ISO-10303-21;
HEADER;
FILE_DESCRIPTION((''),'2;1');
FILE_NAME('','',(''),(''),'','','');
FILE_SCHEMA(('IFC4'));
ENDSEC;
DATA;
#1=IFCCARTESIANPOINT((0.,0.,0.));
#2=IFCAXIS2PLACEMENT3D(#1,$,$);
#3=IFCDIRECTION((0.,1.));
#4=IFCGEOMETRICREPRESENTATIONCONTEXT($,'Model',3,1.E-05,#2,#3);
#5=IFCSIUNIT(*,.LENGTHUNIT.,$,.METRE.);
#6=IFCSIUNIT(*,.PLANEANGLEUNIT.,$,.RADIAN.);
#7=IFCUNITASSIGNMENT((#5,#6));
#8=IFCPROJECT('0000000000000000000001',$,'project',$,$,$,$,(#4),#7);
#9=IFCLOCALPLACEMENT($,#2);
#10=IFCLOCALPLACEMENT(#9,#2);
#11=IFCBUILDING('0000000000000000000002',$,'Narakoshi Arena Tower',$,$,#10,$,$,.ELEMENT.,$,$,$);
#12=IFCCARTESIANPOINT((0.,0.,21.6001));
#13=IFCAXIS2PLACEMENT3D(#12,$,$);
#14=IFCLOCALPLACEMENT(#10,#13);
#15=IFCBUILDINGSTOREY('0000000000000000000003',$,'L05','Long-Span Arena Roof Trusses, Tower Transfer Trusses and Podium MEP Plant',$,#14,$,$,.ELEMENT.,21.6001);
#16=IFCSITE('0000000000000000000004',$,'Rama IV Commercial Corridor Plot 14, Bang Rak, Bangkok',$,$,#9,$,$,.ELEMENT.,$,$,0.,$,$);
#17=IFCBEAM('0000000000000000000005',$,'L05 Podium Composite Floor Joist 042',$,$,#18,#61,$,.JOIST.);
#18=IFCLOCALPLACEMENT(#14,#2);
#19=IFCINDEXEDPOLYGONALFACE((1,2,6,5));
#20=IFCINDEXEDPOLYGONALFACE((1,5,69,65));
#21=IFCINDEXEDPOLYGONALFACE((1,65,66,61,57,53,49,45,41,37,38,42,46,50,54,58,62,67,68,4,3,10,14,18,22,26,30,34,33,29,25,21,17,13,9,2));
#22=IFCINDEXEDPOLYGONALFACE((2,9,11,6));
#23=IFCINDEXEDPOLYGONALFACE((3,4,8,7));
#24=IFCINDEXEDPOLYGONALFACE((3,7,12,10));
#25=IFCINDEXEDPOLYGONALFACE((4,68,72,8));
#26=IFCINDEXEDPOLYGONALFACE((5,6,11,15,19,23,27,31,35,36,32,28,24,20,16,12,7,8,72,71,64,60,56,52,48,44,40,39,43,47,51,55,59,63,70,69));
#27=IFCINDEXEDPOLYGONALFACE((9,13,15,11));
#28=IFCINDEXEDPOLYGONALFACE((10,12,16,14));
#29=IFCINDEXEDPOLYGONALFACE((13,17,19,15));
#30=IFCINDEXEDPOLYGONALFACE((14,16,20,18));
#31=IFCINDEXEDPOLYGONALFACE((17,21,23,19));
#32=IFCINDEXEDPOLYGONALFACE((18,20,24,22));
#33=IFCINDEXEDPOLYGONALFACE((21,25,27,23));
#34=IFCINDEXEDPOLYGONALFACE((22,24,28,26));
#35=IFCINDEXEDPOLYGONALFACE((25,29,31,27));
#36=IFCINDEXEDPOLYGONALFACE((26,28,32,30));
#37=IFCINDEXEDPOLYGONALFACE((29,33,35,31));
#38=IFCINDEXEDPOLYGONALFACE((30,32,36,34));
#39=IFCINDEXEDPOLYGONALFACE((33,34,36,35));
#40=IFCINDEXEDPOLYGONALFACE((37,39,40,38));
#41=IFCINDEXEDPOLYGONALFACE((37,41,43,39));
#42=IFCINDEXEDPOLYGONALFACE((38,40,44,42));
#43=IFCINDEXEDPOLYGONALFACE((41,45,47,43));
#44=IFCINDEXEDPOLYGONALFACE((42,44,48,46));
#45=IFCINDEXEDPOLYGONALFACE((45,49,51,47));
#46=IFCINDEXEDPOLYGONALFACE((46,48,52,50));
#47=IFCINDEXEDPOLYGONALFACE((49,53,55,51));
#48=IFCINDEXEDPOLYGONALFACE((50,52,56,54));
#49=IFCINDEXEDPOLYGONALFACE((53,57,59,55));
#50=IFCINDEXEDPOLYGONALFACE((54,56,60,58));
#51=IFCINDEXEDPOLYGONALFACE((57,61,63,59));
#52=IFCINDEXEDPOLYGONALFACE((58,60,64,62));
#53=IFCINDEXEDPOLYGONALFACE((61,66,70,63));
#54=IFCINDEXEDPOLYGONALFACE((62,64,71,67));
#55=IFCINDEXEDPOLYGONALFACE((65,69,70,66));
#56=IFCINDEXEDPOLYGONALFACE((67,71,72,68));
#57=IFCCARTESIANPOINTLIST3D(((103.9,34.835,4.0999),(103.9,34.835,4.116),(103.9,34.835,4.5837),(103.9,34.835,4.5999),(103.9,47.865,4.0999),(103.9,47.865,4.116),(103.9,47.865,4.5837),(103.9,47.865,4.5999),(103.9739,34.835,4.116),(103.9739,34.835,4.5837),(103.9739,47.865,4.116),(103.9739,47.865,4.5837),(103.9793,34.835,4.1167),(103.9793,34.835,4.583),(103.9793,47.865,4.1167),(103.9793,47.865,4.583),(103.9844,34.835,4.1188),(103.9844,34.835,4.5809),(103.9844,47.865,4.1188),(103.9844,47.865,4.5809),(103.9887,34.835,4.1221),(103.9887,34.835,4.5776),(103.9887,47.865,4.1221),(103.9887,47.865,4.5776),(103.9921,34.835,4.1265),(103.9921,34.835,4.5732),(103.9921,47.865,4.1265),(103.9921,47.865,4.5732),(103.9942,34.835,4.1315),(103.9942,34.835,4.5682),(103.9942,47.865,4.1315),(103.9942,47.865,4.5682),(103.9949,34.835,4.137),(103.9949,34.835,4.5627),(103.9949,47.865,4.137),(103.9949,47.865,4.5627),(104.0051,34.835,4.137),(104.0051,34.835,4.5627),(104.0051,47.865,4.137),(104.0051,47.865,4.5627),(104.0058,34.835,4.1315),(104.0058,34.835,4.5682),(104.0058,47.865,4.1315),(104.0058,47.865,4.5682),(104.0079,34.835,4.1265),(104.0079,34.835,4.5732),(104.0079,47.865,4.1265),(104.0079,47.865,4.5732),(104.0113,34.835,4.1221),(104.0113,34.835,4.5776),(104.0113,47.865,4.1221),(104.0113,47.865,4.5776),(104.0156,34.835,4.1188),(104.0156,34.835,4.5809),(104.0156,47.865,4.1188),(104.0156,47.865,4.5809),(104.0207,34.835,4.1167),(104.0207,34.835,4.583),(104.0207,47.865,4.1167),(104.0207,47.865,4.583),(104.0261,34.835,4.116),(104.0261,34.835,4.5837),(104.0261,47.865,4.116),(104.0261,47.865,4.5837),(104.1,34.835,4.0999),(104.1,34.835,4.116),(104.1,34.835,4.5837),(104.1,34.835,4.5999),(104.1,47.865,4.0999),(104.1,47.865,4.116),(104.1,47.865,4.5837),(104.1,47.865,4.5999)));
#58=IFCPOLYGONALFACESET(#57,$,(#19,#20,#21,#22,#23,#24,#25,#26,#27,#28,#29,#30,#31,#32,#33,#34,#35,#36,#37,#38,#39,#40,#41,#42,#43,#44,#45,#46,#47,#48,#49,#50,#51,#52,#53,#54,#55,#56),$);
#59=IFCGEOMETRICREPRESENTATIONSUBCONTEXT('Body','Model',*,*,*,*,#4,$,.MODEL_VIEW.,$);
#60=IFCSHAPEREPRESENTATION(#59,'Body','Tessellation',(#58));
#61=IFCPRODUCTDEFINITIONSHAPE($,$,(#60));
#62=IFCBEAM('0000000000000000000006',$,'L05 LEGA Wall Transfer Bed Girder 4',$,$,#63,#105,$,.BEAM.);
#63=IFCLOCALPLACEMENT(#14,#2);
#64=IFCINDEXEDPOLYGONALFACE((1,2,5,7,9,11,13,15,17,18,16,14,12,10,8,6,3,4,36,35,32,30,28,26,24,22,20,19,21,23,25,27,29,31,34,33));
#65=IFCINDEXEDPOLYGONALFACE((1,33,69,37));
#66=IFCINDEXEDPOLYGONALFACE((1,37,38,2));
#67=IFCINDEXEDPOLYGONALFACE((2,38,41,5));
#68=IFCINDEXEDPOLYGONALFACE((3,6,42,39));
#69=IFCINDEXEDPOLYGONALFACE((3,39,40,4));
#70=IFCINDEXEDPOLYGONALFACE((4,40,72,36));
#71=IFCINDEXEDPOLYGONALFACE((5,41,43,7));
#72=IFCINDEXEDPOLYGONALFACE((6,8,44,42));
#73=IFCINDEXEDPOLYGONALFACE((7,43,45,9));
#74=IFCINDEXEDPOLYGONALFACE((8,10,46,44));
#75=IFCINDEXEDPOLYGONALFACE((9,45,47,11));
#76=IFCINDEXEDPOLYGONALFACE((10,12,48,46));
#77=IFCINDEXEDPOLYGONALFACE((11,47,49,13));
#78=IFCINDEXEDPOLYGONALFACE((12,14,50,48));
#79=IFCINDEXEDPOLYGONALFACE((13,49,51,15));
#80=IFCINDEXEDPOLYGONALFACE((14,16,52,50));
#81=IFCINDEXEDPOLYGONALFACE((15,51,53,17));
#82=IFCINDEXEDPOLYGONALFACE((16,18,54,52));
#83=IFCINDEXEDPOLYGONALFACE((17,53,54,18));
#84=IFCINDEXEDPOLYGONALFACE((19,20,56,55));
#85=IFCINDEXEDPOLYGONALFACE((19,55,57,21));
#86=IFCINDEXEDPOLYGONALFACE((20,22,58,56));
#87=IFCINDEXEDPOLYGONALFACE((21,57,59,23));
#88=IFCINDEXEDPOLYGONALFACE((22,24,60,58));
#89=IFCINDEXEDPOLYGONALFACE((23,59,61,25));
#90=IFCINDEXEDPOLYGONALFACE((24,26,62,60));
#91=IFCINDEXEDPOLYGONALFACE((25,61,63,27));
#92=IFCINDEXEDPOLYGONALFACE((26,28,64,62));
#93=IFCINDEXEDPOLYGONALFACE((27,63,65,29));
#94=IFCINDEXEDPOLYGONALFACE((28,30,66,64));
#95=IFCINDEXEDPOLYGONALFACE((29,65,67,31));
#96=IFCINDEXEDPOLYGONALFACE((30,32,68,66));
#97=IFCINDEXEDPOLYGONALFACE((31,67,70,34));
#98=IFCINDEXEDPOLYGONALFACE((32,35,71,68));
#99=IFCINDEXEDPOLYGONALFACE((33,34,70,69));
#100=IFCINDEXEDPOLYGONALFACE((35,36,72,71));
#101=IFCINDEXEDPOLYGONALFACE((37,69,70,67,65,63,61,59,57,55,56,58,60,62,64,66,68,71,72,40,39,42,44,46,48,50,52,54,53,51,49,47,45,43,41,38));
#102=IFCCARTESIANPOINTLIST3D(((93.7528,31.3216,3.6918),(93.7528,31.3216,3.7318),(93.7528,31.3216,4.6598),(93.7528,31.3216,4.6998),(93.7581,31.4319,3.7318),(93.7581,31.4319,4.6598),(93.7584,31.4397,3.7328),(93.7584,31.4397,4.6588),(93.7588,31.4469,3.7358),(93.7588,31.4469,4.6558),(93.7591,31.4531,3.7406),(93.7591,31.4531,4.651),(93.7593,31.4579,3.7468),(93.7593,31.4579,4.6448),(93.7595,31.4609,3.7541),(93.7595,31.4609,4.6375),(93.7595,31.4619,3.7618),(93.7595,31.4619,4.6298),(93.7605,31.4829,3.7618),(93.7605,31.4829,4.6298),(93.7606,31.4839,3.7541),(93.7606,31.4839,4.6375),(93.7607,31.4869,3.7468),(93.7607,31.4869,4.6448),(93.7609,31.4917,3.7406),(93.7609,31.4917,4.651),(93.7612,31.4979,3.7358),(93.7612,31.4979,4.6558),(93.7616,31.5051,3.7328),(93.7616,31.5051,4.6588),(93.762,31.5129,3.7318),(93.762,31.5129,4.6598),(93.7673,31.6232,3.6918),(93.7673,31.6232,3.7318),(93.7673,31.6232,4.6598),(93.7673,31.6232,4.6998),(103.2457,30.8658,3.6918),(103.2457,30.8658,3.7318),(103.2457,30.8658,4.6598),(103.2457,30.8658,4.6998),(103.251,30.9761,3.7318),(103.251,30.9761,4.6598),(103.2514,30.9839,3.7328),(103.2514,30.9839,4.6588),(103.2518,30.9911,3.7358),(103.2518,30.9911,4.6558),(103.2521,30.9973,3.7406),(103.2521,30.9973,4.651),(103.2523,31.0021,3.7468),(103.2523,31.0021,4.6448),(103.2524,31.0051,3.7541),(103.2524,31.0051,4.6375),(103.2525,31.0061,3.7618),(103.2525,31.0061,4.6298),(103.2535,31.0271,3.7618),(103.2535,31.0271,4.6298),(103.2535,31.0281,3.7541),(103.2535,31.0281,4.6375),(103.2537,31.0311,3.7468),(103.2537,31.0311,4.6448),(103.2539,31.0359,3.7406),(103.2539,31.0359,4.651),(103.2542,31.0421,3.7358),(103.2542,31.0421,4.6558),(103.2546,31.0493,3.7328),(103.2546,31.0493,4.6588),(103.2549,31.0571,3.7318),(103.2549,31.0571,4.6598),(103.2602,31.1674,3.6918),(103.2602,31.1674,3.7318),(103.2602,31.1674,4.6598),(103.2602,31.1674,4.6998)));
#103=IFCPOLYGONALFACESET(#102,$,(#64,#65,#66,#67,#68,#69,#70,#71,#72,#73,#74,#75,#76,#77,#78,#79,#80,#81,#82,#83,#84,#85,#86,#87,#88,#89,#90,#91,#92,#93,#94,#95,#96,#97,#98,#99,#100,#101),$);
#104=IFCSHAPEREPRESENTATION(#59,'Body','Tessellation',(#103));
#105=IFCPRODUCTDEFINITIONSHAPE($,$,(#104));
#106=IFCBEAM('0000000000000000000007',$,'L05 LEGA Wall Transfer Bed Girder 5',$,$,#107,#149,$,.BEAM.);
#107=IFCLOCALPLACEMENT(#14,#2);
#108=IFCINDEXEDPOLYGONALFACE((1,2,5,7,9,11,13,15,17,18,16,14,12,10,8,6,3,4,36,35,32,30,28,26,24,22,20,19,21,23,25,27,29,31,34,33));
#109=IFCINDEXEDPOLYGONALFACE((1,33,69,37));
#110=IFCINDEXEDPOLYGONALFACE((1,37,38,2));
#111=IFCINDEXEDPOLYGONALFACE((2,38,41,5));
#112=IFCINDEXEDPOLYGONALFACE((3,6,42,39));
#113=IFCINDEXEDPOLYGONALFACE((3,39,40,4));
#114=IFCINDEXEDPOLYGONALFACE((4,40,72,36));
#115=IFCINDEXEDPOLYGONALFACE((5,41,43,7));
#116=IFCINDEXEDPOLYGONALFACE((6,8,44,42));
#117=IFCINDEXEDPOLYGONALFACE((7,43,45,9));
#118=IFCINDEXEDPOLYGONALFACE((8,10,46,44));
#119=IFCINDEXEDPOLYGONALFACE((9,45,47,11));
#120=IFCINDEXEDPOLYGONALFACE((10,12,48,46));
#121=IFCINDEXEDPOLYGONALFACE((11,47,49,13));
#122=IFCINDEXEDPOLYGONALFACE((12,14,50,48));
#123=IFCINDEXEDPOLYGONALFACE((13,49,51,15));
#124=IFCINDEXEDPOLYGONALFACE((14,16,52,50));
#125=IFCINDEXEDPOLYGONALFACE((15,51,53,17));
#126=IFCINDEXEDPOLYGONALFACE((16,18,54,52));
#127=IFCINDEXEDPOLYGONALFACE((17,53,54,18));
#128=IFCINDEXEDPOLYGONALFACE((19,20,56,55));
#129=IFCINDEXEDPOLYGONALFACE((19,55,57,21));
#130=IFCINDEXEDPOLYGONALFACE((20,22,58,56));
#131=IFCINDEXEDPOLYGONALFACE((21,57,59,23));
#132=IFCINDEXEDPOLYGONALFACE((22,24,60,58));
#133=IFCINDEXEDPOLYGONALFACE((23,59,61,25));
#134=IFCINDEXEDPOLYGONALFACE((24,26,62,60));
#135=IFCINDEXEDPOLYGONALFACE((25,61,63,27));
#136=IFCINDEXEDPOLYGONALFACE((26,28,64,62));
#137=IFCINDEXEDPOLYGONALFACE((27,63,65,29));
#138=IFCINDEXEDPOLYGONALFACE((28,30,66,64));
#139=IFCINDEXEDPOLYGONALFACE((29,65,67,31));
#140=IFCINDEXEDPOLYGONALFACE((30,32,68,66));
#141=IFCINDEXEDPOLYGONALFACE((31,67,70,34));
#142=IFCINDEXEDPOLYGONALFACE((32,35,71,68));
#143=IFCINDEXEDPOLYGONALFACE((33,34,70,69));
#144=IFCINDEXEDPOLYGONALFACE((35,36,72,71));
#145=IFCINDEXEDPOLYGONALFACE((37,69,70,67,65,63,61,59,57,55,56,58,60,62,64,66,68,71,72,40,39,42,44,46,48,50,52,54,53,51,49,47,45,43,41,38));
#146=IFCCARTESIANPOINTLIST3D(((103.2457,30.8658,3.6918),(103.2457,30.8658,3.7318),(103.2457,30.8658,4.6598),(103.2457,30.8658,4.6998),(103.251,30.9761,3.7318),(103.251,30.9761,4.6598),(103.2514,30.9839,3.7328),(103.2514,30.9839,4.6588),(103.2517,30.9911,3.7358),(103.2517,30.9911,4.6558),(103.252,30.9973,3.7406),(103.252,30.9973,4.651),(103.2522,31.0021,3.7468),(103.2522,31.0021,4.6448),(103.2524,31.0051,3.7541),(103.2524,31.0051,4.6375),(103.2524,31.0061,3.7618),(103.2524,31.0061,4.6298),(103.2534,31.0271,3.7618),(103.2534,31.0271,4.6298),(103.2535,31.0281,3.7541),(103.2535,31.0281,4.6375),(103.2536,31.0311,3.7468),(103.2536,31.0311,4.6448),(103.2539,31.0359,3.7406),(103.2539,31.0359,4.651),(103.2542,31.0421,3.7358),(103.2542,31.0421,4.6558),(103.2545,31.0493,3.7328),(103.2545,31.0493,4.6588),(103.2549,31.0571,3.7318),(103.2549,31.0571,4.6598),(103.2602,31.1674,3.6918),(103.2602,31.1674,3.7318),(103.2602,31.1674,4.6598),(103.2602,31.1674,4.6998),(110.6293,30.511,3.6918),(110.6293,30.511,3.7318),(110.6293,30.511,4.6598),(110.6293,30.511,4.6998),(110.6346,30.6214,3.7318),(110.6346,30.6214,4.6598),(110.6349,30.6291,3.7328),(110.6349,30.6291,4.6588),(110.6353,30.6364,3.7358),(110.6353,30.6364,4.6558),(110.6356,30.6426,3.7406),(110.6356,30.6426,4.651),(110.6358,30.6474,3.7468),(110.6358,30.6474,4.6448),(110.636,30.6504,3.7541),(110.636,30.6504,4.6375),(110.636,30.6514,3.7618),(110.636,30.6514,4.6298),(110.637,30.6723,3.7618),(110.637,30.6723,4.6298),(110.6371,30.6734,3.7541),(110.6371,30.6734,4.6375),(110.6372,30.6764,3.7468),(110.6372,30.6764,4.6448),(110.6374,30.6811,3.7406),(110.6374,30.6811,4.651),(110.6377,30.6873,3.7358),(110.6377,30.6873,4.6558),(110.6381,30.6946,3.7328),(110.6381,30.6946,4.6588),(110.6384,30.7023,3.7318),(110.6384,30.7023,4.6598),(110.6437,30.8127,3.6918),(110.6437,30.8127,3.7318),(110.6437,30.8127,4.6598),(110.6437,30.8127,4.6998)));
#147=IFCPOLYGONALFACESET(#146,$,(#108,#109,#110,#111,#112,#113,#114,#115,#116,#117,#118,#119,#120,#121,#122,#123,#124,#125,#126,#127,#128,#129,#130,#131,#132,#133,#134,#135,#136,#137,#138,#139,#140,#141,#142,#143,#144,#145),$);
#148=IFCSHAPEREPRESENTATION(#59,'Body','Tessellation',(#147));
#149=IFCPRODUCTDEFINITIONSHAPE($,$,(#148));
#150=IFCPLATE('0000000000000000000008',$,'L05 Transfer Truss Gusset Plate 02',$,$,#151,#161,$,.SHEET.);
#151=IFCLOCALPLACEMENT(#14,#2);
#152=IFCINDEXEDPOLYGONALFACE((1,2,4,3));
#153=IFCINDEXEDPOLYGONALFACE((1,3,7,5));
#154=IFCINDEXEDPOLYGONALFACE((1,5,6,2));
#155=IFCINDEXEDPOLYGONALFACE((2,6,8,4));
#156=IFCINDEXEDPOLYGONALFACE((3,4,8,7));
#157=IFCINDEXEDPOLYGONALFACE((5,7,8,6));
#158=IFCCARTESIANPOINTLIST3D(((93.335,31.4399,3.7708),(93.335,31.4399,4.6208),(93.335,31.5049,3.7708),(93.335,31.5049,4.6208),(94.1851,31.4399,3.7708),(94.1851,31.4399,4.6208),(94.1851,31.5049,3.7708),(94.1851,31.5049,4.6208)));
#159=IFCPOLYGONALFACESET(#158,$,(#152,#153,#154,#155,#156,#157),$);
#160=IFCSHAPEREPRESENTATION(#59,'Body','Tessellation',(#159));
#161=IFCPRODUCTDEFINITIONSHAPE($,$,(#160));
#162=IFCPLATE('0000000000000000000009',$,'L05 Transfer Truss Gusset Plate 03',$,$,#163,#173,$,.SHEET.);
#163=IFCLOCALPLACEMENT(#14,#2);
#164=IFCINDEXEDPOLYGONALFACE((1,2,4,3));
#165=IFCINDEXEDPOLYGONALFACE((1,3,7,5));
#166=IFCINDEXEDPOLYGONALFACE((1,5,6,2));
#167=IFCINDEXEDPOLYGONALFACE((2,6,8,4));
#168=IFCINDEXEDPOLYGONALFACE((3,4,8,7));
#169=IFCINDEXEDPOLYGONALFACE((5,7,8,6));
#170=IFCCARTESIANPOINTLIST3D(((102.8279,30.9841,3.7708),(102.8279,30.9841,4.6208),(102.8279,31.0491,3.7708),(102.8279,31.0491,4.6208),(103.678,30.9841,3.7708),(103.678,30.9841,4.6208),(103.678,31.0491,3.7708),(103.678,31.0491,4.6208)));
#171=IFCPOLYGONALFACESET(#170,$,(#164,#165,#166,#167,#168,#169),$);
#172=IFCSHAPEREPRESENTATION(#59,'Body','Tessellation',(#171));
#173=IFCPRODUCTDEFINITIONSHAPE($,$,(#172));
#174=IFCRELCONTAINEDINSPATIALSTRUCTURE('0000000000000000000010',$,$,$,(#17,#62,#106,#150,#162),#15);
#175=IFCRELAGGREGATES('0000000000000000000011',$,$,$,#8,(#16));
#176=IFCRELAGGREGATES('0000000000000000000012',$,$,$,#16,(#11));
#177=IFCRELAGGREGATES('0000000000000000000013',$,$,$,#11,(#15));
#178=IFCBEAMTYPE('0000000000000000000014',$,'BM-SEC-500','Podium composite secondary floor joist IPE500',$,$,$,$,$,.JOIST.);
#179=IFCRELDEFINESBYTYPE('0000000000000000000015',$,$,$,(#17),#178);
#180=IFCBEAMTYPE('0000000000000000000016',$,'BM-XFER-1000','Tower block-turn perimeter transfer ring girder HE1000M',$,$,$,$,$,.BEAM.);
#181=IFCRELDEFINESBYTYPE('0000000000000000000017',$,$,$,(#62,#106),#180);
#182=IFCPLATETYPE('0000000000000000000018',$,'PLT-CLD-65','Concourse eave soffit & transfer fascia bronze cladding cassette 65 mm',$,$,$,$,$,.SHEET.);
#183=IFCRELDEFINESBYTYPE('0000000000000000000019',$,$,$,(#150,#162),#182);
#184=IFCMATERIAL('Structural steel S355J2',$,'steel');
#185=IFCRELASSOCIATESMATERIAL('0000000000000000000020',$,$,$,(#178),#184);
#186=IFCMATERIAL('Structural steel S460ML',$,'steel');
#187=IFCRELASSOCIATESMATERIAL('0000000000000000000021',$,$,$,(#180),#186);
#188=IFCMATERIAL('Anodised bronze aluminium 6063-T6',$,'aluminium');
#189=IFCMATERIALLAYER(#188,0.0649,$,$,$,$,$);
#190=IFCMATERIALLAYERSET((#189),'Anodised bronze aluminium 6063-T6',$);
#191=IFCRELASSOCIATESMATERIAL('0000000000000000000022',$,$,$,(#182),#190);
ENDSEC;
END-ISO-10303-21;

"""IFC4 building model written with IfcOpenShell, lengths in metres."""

from ifc_helpers import new_model, si_unit, direction, frame, origin, origin_2d, place, context, subcontext, project, spatial, rectangle, i_section, extrude, material, layer, layer_set, material_profile, profile_set, type_object, element, save


model = new_model("IFC4")

# Units and contexts
model_context = context("Model", 3, precision=1e-05, world=origin(), true_north=direction((0.0, 1.0)))
body_context = subcontext(model_context, "Body", "Model", "MODEL_VIEW")
ifc_project = project(units=[si_unit("LENGTHUNIT", "METRE"), si_unit("PLANEANGLEUNIT", "RADIAN")], contexts=[model_context])

# Site, building, storey
site_placement = place(None, origin())
site = spatial("IfcSite", under=ifc_project, at=site_placement, Name="Rama IV Commercial Corridor Plot 14, Bang Rak, Bangkok", CompositionType="ELEMENT", RefElevation=0.0)
building_placement = place(site_placement, origin())
building = spatial("IfcBuilding", under=site, at=building_placement, Name="Narakoshi Arena Tower", CompositionType="ELEMENT")
storey_placement = place(building_placement, frame((0.0, 0.0, 21.6001)))
storey = spatial("IfcBuildingStorey", under=building, at=storey_placement, Name="L05", Description="Long-Span Arena Roof Trusses, Tower Transfer Trusses and Podium MEP Plant", CompositionType="ELEMENT", Elevation=21.6001)

# Shared definitions
ifc_material_1 = material(Name="Structural steel S355J2", Category="steel")

# Beams
ifc_material_2 = material(Name="Structural steel S460ML", Category="steel")
ifc_material_profile_1 = material_profile(ifc_material_1, i_section(OverallWidth=0.2, OverallDepth=0.5, WebThickness=0.0103, FlangeThickness=0.0161, FilletRadius=0.021, at=origin_2d()), Name="IPE500")
ifc_profile_set_1 = profile_set([ifc_material_profile_1], Name="Structural steel S355J2")
beam_type_1 = type_object("IfcBeamType", Name="BM-SEC-500", Description="Podium composite secondary floor joist IPE500", PredefinedType="JOIST", material=ifc_profile_set_1)
beam_1_placement = place(storey_placement, frame((104.0, 34.835, 4.3499), z_axis=(0.0, 1.0, 0.0), x_axis=(-1.0, 0.0, 0.0)))
element("IfcBeam", 1, at=beam_1_placement, inside=storey, type_object=beam_type_1, Name="L05 Podium Composite Floor Joist 042", PredefinedType="JOIST", context=body_context, shape_type="SweptSolid", body=[
    extrude(i_section(OverallWidth=0.2, OverallDepth=0.5, WebThickness=0.0103, FlangeThickness=0.0161, FilletRadius=0.021, at=origin_2d()), origin(), (0.0, 0.0, 1.0), 13.03),
])
ifc_material_profile_2 = material_profile(ifc_material_2, i_section(OverallWidth=0.302, OverallDepth=1.0081, WebThickness=0.021, FlangeThickness=0.04, FilletRadius=0.03, at=origin_2d()), Name="HE1000M")
ifc_profile_set_2 = profile_set([ifc_material_profile_2], Name="Structural steel S460ML")
beam_type_2 = type_object("IfcBeamType", Name="BM-XFER-1000", Description="Tower block-turn perimeter transfer ring girder HE1000M", PredefinedType="BEAM", material=ifc_profile_set_2)
beam_2_placement = place(storey_placement, frame((93.76, 31.4724, 4.1958), z_axis=(0.998849, -0.047961, 0.0), x_axis=(0.047961, 0.998849, 0.0)))
element("IfcBeam", 2, at=beam_2_placement, inside=storey, type_object=beam_type_2, Name="L05 LEGA Wall Transfer Bed Girder 4", PredefinedType="BEAM", context=body_context, shape_type="SweptSolid", body=[
    extrude(i_section(OverallWidth=0.302, OverallDepth=1.0081, WebThickness=0.021, FlangeThickness=0.04, FilletRadius=0.03, at=origin_2d()), origin(), (0.0, 0.0, 1.0), 9.5039),
])
beam_3_placement = place(storey_placement, frame((103.2529, 31.0166, 4.1958), z_axis=(0.998848, -0.047989, 0.0), x_axis=(0.047989, 0.998848, 0.0)))
element("IfcBeam", 3, at=beam_3_placement, inside=storey, type_object=beam_type_2, Name="L05 LEGA Wall Transfer Bed Girder 5", PredefinedType="BEAM", context=body_context, shape_type="SweptSolid", body=[
    extrude(i_section(OverallWidth=0.302, OverallDepth=1.0081, WebThickness=0.021, FlangeThickness=0.04, FilletRadius=0.03, at=origin_2d()), origin(), (0.0, 0.0, 1.0), 7.3921),
])

# Plates
ifc_material_3 = material(Name="Anodised bronze aluminium 6063-T6", Category="aluminium")
ifc_layer_1 = layer(ifc_material_3, 0.0649)
ifc_layer_set_1 = layer_set([ifc_layer_1], Name="Anodised bronze aluminium 6063-T6")
plate_type = type_object("IfcPlateType", Name="PLT-CLD-65", Description="Concourse eave soffit & transfer fascia bronze cladding cassette 65 mm", PredefinedType="SHEET", material=ifc_layer_set_1)
for number, where, z_axis, x_axis, name in (
    (4, (93.76, 31.4724, 3.7708), (0.0, 0.0, 1.0), (1.0, 0.0, 0.0), "L05 Transfer Truss Gusset Plate 02"),
    (5, (103.2529, 31.0166, 3.7708), (0.0, 0.0, 1.0), (1.0, 0.0, 0.0), "L05 Transfer Truss Gusset Plate 03"),
):
    element("IfcPlate", number, at=place(storey_placement, frame(where, z_axis=z_axis, x_axis=x_axis)), inside=storey, type_object=plate_type, Name=name, PredefinedType="SHEET", context=body_context, shape_type="SweptSolid", body=[
        extrude(rectangle(XDim=0.8501, YDim=0.0649, at=origin_2d()), origin(), (0.0, 0.0, 1.0), 0.8501),
    ])

save(model, "model.ifc")
